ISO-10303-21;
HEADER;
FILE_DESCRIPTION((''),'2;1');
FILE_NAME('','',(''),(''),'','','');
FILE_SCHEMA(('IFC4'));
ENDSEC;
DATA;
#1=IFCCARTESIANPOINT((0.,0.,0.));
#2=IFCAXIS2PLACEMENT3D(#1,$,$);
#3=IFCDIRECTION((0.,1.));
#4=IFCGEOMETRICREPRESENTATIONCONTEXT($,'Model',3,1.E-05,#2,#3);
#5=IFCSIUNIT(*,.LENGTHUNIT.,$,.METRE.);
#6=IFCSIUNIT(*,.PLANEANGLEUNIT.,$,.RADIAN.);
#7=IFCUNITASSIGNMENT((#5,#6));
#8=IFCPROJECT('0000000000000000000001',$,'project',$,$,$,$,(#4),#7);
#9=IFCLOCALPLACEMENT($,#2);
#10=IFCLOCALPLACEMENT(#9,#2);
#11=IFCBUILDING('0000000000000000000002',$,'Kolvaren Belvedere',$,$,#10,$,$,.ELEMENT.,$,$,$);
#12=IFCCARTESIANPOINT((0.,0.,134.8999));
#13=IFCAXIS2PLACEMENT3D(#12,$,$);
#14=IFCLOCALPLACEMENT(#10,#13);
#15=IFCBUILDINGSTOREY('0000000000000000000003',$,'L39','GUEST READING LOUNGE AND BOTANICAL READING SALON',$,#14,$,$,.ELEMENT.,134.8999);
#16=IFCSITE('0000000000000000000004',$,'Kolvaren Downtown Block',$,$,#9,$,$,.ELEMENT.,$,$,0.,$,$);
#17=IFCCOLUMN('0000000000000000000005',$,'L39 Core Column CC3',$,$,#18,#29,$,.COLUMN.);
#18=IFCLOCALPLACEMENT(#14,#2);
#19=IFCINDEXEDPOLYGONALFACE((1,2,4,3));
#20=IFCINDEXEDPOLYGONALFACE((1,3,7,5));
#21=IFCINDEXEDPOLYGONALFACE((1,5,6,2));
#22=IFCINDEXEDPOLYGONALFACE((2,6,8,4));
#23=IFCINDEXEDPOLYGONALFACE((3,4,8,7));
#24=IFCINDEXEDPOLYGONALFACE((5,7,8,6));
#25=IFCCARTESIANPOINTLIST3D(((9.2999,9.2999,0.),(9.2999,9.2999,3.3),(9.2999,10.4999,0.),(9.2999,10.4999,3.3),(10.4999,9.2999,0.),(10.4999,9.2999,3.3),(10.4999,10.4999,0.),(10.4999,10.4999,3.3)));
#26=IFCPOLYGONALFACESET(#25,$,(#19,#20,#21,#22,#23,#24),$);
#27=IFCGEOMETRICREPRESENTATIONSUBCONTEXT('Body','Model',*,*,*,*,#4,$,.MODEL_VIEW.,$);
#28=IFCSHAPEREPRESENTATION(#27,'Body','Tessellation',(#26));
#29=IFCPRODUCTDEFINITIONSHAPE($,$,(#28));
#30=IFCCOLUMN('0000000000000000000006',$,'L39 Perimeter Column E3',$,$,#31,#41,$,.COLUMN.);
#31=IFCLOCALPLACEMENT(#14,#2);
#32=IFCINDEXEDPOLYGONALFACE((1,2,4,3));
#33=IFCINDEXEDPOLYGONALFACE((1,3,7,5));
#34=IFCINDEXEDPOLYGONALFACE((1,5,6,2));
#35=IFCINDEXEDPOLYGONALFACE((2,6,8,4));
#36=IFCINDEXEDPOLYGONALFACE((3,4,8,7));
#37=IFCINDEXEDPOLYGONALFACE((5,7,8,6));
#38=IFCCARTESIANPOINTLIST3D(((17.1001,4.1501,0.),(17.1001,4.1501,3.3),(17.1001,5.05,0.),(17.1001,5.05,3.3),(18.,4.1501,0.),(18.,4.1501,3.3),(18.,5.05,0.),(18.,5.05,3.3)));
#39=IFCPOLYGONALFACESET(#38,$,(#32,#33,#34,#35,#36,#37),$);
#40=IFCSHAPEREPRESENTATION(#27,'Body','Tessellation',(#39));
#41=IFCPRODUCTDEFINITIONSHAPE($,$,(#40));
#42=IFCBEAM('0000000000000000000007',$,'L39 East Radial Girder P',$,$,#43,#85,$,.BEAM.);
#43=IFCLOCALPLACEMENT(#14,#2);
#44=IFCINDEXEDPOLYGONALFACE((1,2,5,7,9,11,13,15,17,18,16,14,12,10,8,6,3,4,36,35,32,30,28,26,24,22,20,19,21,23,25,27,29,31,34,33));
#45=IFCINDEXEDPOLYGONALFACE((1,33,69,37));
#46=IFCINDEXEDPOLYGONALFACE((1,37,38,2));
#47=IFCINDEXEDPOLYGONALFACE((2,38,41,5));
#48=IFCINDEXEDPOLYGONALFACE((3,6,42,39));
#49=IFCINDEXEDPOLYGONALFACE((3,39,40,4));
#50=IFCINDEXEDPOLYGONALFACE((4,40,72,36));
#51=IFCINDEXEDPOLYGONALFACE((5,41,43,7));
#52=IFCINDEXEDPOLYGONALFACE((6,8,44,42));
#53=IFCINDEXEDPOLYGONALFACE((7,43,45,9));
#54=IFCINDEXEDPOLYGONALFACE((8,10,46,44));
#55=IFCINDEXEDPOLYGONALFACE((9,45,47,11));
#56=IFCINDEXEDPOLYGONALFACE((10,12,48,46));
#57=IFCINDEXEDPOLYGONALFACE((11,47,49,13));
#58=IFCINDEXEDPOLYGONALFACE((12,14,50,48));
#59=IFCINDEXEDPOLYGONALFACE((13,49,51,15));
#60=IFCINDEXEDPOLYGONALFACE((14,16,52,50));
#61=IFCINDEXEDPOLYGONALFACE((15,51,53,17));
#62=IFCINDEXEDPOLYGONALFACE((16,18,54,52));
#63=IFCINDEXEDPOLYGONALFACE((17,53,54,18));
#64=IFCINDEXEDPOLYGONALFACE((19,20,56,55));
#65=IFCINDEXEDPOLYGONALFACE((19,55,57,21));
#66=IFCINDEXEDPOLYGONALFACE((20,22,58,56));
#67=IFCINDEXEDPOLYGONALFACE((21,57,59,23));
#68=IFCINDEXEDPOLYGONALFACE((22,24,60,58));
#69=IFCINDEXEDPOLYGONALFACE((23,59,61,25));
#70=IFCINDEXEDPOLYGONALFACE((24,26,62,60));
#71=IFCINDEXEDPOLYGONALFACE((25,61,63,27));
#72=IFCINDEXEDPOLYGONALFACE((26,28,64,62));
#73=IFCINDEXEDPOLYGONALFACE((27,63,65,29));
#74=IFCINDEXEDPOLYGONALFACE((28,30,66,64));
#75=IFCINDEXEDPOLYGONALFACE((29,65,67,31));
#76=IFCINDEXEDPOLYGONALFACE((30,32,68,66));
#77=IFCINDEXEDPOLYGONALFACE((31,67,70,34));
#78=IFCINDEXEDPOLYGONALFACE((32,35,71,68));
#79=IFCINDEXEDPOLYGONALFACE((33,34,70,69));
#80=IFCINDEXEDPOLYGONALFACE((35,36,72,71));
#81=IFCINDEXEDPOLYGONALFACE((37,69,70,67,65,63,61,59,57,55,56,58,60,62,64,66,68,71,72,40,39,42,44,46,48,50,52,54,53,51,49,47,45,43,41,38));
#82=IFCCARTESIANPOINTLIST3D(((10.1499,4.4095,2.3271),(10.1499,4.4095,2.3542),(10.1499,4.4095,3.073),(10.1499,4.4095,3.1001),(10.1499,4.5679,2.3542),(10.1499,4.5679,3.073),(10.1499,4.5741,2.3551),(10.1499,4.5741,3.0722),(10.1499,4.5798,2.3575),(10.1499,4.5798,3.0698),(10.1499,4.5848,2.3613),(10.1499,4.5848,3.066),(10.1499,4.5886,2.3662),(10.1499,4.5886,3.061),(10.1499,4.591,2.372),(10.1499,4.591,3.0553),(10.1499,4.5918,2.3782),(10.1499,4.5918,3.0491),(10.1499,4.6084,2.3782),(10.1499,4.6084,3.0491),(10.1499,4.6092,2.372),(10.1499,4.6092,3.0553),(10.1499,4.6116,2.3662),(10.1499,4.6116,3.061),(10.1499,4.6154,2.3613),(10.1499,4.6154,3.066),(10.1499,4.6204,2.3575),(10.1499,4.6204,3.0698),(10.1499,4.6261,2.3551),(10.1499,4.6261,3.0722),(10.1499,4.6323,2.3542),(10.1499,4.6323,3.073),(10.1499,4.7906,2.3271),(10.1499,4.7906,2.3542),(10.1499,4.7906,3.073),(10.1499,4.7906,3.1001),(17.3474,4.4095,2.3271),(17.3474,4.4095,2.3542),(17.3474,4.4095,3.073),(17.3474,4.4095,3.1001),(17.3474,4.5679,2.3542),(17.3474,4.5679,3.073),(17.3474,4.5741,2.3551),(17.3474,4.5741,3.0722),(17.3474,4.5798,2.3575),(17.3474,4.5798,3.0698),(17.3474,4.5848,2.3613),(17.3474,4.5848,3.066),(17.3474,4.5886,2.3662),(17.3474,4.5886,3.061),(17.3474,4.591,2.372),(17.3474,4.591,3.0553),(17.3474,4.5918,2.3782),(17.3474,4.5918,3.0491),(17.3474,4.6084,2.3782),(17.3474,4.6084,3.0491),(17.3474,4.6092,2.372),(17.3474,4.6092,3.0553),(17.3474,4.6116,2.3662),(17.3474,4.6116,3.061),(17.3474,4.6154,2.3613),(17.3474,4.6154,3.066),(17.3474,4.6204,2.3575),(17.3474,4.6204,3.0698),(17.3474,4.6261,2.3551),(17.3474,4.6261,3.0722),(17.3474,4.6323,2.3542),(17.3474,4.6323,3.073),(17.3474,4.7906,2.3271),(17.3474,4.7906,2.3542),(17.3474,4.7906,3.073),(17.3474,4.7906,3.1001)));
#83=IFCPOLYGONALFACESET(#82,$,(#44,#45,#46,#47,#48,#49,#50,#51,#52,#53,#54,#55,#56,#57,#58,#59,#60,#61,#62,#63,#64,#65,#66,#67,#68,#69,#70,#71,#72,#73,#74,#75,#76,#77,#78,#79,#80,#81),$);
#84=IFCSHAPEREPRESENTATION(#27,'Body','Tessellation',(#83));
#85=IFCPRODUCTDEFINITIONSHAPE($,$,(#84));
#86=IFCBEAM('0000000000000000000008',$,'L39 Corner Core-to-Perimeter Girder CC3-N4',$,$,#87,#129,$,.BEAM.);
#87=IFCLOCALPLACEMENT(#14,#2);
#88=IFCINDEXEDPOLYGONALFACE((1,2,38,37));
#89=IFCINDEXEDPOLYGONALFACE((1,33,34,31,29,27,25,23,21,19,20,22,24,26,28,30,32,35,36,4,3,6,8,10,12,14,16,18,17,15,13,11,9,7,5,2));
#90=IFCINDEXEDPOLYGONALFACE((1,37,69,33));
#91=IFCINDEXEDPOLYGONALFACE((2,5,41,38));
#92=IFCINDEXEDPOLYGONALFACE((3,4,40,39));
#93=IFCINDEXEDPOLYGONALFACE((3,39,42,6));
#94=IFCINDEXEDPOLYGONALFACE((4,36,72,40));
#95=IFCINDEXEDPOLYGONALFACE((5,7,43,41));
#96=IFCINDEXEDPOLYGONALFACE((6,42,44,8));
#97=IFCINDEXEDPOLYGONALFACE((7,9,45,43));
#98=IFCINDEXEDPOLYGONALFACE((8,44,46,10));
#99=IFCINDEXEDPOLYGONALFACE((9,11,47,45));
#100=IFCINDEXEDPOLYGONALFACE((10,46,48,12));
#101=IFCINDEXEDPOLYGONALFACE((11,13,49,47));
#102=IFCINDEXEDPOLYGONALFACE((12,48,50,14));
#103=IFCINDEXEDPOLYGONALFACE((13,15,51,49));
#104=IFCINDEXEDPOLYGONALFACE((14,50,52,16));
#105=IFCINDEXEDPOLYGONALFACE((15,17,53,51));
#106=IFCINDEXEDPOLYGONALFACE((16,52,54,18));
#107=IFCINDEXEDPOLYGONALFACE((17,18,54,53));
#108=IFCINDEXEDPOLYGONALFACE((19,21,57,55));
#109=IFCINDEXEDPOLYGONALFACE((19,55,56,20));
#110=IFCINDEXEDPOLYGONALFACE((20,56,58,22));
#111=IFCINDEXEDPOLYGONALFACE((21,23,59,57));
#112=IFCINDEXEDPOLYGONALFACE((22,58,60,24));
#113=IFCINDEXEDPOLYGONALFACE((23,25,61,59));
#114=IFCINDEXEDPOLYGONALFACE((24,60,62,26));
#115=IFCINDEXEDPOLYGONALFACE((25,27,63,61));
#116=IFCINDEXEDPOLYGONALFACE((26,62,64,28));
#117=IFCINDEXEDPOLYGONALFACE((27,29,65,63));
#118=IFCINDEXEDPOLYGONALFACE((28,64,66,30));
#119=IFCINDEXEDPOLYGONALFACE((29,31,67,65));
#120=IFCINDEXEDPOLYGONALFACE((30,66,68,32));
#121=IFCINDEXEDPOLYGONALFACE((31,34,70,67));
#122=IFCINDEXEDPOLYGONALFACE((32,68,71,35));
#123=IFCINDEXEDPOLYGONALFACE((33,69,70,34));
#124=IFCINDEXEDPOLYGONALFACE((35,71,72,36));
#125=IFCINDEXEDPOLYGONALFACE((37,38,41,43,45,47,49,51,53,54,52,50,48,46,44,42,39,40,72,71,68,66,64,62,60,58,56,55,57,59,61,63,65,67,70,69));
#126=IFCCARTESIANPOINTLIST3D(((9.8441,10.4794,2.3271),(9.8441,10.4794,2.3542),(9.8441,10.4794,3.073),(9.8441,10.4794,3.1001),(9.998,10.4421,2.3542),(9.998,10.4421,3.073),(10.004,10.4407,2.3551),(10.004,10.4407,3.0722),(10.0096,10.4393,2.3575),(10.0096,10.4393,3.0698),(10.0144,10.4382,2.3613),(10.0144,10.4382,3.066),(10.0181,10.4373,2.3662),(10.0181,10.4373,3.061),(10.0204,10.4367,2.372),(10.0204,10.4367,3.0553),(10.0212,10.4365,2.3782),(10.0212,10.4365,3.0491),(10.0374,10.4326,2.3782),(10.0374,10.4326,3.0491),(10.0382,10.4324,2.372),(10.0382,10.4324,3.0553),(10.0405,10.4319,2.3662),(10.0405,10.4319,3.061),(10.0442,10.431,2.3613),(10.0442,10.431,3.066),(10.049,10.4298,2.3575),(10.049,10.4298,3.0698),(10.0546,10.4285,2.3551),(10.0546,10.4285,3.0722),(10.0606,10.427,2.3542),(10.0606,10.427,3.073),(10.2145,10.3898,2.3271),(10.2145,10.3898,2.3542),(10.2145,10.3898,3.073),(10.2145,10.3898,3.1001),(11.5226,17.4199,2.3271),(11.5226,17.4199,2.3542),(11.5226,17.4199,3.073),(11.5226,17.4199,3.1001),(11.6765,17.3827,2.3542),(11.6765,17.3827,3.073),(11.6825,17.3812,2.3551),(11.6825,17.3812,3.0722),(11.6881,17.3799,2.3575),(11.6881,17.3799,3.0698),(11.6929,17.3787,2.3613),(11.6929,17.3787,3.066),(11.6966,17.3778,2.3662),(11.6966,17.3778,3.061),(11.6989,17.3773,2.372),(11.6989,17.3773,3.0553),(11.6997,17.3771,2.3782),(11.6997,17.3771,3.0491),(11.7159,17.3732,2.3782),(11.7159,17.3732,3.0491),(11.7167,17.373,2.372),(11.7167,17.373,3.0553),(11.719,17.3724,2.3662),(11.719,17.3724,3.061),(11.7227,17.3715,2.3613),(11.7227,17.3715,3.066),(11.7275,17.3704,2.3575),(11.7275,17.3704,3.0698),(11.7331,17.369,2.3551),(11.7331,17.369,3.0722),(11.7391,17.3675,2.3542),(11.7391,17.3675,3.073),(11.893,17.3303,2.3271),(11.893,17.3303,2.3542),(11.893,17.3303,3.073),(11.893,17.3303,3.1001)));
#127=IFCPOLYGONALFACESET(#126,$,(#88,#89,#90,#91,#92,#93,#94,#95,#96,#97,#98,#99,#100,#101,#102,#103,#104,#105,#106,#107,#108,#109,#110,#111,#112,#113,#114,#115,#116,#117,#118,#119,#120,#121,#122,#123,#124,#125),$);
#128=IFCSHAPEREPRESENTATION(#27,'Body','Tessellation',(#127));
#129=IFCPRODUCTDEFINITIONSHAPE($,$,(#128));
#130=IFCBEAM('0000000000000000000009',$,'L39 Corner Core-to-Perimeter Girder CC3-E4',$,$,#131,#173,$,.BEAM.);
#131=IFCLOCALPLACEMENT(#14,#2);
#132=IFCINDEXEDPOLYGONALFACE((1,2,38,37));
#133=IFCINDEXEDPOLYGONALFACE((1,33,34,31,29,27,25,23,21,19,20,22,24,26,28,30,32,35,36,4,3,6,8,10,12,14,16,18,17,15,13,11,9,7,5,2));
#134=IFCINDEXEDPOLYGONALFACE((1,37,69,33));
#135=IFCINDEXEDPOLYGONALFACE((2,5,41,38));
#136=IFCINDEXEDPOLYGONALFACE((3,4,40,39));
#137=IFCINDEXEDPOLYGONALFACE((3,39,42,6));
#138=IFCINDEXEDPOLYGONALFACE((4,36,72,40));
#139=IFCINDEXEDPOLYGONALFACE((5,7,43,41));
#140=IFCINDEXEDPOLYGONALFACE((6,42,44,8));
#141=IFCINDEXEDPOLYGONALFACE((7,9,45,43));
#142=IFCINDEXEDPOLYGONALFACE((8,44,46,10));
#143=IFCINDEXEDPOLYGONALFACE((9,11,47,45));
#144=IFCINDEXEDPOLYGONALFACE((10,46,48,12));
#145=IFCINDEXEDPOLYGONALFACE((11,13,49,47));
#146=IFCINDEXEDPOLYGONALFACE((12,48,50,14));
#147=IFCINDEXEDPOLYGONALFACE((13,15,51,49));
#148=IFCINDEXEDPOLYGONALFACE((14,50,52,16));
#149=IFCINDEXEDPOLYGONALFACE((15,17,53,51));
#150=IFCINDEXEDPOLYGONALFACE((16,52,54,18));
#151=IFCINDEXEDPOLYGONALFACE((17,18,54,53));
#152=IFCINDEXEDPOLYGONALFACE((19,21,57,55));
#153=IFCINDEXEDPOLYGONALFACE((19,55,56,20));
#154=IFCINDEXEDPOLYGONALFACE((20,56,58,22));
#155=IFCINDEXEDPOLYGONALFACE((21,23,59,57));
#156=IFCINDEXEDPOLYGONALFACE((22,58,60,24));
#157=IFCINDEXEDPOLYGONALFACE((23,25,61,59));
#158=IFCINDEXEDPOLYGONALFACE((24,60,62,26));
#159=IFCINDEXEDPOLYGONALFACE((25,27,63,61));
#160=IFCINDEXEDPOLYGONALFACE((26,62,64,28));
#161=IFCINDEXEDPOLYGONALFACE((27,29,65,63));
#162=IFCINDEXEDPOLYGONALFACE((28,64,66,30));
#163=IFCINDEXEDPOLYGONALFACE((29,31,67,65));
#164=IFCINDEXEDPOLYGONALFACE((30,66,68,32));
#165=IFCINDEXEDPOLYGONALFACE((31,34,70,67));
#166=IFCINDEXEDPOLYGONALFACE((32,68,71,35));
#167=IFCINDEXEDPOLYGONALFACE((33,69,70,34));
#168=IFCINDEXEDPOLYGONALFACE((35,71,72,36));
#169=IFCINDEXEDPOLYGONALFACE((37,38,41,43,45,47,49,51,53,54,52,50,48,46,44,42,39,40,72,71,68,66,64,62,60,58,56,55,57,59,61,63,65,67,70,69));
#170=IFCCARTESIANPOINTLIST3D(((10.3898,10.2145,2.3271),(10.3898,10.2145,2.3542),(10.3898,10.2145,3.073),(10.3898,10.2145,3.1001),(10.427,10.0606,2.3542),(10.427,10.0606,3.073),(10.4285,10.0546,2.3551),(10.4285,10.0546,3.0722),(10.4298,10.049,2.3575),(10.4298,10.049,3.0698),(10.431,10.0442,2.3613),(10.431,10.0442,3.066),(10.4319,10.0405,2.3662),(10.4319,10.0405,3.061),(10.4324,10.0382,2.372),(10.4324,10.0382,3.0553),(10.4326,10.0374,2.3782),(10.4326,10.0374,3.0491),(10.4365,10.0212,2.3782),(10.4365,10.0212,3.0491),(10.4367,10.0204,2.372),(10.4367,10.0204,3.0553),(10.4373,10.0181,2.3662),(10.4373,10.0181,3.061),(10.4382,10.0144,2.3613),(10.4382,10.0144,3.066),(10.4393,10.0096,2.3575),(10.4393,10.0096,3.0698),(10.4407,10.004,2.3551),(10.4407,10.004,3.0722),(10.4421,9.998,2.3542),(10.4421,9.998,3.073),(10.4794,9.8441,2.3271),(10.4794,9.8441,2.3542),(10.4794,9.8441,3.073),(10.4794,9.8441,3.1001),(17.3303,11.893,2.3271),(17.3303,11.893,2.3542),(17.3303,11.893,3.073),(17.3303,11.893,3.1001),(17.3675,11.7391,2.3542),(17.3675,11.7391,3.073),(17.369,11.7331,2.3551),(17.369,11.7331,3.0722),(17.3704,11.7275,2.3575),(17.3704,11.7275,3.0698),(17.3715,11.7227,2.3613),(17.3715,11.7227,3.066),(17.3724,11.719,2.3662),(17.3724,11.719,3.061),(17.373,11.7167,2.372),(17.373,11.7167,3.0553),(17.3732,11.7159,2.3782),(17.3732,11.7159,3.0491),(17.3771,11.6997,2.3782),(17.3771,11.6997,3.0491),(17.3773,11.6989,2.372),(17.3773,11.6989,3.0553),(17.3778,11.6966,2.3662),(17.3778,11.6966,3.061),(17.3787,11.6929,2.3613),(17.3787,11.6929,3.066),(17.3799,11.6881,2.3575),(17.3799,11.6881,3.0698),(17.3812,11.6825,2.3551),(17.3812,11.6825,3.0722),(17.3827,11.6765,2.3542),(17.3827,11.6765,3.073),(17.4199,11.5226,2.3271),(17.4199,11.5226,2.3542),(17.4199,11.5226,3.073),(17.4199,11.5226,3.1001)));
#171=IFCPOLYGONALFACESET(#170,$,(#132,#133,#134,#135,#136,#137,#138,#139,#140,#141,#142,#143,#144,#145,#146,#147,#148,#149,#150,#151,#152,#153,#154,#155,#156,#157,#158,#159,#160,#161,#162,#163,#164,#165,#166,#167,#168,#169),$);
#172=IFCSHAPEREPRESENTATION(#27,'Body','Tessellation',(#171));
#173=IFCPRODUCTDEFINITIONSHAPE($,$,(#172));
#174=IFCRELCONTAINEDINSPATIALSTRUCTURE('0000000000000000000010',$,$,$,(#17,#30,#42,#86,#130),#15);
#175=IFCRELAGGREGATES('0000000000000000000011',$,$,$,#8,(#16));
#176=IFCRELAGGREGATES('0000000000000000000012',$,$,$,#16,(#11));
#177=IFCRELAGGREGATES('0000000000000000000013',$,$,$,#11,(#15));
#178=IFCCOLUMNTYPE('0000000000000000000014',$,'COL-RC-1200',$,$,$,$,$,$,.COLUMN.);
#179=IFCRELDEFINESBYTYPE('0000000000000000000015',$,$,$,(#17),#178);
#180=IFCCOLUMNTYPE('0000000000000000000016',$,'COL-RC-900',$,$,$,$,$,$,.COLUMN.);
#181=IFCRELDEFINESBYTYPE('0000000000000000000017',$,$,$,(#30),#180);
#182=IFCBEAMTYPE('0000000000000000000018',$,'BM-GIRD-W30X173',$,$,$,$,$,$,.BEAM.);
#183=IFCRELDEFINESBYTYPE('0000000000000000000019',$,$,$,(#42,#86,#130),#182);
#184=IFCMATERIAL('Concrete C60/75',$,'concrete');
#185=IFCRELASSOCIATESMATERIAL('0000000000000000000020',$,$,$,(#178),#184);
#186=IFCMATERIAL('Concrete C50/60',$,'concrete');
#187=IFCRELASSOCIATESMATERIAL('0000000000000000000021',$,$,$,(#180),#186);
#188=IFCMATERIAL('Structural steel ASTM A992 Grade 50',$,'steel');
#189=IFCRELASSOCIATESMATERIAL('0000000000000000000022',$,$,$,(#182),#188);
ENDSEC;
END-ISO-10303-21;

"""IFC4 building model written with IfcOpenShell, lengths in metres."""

from ifc_helpers import new_model, si_unit, direction, frame, origin, origin_2d, place, context, subcontext, project, spatial, rectangle, i_section, extrude, material, material_profile, profile_set, type_object, element, save


model = new_model("IFC4")

# Units and contexts
model_context = context("Model", 3, precision=1e-05, world=origin(), true_north=direction((0.0, 1.0)))
body_context = subcontext(model_context, "Body", "Model", "MODEL_VIEW")
ifc_project = project(units=[si_unit("LENGTHUNIT", "METRE"), si_unit("PLANEANGLEUNIT", "RADIAN")], contexts=[model_context])

# Site, building, storey
site_placement = place(None, origin())
site = spatial("IfcSite", under=ifc_project, at=site_placement, Name="Kolvaren Downtown Block", CompositionType="ELEMENT", RefElevation=0.0)
building_placement = place(site_placement, origin())
building = spatial("IfcBuilding", under=site, at=building_placement, Name="Kolvaren Belvedere", CompositionType="ELEMENT")
storey_placement = place(building_placement, frame((0.0, 0.0, 134.8999)))
storey = spatial("IfcBuildingStorey", under=building, at=storey_placement, Name="L39", Description="GUEST READING LOUNGE AND BOTANICAL READING SALON", CompositionType="ELEMENT", Elevation=134.8999)

# Columns
ifc_material_1 = material(Name="Concrete C60/75", Category="concrete")
ifc_material_profile_1 = material_profile(ifc_material_1, rectangle(XDim=1.2, YDim=1.2, at=origin_2d()), Name="RC 1200X1200")
ifc_profile_set_1 = profile_set([ifc_material_profile_1], Name="Concrete C60/75")
column_type_1 = type_object("IfcColumnType", Name="COL-RC-1200", PredefinedType="COLUMN", material=ifc_profile_set_1)
column_1_placement = place(storey_placement, frame((9.8999, 9.8999, 0.0), z_axis=(0.0, 0.0, 1.0), x_axis=(1.0, 0.0, 0.0)))
element("IfcColumn", 1, at=column_1_placement, inside=storey, type_object=column_type_1, Name="L39 Core Column CC3", PredefinedType="COLUMN", context=body_context, shape_type="SweptSolid", body=[
    extrude(rectangle(XDim=1.2, YDim=1.2, at=origin_2d()), origin(), (0.0, 0.0, 1.0), 3.3),
])
ifc_material_2 = material(Name="Concrete C50/60", Category="concrete")
ifc_material_profile_2 = material_profile(ifc_material_2, rectangle(XDim=0.8999, YDim=0.8999, at=origin_2d()), Name="RC 900X900")
ifc_profile_set_2 = profile_set([ifc_material_profile_2], Name="Concrete C50/60")
column_type_2 = type_object("IfcColumnType", Name="COL-RC-900", PredefinedType="COLUMN", material=ifc_profile_set_2)
column_2_placement = place(storey_placement, frame((17.55, 4.6001, 0.0), z_axis=(0.0, 0.0, 1.0), x_axis=(1.0, 0.0, 0.0)))
element("IfcColumn", 2, at=column_2_placement, inside=storey, type_object=column_type_2, Name="L39 Perimeter Column E3", PredefinedType="COLUMN", context=body_context, shape_type="SweptSolid", body=[
    extrude(rectangle(XDim=0.8999, YDim=0.8999, at=origin_2d()), origin(), (0.0, 0.0, 1.0), 3.3),
])

# Beams
ifc_material_3 = material(Name="Structural steel ASTM A992 Grade 50", Category="steel")
ifc_material_profile_3 = material_profile(ifc_material_3, i_section(OverallWidth=0.3811, OverallDepth=0.7729, WebThickness=0.0166, FlangeThickness=0.0271, FilletRadius=0.0239, at=origin_2d()), Name="W30X173")
ifc_profile_set_3 = profile_set([ifc_material_profile_3], Name="Structural steel ASTM A992 Grade 50")
beam_type_1 = type_object("IfcBeamType", Name="BM-GIRD-W30X173", PredefinedType="BEAM", material=ifc_profile_set_3)
beam_1_placement = place(storey_placement, frame((10.1499, 4.6001, 2.7136), z_axis=(1.0, 0.0, 0.0), x_axis=(0.0, 1.0, 0.0)))
element("IfcBeam", 3, at=beam_1_placement, inside=storey, type_object=beam_type_1, Name="L39 East Radial Girder P", PredefinedType="BEAM", context=body_context, shape_type="SweptSolid", body=[
    extrude(i_section(OverallWidth=0.3811, OverallDepth=0.7729, WebThickness=0.0166, FlangeThickness=0.0271, FilletRadius=0.0239, at=origin_2d()), origin(), (0.0, 0.0, 1.0), 7.1975),
])
for number, where, z_axis, x_axis, name in (
    (4, (10.0293, 10.4346, 2.7136), (0.235063, 0.97198, 0.0), (-0.97198, 0.235063, 0.0), "L39 Corner Core-to-Perimeter Girder CC3-N4"),
    (5, (10.4346, 10.0293, 2.7136), (0.97198, 0.235063, 0.0), (-0.235063, 0.97198, 0.0), "L39 Corner Core-to-Perimeter Girder CC3-E4"),
):
    element("IfcBeam", number, at=place(storey_placement, frame(where, z_axis=z_axis, x_axis=x_axis)), inside=storey, type_object=beam_type_1, Name=name, PredefinedType="BEAM", context=body_context, shape_type="SweptSolid", body=[
        extrude(i_section(OverallWidth=0.3811, OverallDepth=0.7729, WebThickness=0.0166, FlangeThickness=0.0271, FilletRadius=0.0239, at=origin_2d()), origin(), (0.0, 0.0, 1.0), 7.1406),
    ])

save(model, "model.ifc")
